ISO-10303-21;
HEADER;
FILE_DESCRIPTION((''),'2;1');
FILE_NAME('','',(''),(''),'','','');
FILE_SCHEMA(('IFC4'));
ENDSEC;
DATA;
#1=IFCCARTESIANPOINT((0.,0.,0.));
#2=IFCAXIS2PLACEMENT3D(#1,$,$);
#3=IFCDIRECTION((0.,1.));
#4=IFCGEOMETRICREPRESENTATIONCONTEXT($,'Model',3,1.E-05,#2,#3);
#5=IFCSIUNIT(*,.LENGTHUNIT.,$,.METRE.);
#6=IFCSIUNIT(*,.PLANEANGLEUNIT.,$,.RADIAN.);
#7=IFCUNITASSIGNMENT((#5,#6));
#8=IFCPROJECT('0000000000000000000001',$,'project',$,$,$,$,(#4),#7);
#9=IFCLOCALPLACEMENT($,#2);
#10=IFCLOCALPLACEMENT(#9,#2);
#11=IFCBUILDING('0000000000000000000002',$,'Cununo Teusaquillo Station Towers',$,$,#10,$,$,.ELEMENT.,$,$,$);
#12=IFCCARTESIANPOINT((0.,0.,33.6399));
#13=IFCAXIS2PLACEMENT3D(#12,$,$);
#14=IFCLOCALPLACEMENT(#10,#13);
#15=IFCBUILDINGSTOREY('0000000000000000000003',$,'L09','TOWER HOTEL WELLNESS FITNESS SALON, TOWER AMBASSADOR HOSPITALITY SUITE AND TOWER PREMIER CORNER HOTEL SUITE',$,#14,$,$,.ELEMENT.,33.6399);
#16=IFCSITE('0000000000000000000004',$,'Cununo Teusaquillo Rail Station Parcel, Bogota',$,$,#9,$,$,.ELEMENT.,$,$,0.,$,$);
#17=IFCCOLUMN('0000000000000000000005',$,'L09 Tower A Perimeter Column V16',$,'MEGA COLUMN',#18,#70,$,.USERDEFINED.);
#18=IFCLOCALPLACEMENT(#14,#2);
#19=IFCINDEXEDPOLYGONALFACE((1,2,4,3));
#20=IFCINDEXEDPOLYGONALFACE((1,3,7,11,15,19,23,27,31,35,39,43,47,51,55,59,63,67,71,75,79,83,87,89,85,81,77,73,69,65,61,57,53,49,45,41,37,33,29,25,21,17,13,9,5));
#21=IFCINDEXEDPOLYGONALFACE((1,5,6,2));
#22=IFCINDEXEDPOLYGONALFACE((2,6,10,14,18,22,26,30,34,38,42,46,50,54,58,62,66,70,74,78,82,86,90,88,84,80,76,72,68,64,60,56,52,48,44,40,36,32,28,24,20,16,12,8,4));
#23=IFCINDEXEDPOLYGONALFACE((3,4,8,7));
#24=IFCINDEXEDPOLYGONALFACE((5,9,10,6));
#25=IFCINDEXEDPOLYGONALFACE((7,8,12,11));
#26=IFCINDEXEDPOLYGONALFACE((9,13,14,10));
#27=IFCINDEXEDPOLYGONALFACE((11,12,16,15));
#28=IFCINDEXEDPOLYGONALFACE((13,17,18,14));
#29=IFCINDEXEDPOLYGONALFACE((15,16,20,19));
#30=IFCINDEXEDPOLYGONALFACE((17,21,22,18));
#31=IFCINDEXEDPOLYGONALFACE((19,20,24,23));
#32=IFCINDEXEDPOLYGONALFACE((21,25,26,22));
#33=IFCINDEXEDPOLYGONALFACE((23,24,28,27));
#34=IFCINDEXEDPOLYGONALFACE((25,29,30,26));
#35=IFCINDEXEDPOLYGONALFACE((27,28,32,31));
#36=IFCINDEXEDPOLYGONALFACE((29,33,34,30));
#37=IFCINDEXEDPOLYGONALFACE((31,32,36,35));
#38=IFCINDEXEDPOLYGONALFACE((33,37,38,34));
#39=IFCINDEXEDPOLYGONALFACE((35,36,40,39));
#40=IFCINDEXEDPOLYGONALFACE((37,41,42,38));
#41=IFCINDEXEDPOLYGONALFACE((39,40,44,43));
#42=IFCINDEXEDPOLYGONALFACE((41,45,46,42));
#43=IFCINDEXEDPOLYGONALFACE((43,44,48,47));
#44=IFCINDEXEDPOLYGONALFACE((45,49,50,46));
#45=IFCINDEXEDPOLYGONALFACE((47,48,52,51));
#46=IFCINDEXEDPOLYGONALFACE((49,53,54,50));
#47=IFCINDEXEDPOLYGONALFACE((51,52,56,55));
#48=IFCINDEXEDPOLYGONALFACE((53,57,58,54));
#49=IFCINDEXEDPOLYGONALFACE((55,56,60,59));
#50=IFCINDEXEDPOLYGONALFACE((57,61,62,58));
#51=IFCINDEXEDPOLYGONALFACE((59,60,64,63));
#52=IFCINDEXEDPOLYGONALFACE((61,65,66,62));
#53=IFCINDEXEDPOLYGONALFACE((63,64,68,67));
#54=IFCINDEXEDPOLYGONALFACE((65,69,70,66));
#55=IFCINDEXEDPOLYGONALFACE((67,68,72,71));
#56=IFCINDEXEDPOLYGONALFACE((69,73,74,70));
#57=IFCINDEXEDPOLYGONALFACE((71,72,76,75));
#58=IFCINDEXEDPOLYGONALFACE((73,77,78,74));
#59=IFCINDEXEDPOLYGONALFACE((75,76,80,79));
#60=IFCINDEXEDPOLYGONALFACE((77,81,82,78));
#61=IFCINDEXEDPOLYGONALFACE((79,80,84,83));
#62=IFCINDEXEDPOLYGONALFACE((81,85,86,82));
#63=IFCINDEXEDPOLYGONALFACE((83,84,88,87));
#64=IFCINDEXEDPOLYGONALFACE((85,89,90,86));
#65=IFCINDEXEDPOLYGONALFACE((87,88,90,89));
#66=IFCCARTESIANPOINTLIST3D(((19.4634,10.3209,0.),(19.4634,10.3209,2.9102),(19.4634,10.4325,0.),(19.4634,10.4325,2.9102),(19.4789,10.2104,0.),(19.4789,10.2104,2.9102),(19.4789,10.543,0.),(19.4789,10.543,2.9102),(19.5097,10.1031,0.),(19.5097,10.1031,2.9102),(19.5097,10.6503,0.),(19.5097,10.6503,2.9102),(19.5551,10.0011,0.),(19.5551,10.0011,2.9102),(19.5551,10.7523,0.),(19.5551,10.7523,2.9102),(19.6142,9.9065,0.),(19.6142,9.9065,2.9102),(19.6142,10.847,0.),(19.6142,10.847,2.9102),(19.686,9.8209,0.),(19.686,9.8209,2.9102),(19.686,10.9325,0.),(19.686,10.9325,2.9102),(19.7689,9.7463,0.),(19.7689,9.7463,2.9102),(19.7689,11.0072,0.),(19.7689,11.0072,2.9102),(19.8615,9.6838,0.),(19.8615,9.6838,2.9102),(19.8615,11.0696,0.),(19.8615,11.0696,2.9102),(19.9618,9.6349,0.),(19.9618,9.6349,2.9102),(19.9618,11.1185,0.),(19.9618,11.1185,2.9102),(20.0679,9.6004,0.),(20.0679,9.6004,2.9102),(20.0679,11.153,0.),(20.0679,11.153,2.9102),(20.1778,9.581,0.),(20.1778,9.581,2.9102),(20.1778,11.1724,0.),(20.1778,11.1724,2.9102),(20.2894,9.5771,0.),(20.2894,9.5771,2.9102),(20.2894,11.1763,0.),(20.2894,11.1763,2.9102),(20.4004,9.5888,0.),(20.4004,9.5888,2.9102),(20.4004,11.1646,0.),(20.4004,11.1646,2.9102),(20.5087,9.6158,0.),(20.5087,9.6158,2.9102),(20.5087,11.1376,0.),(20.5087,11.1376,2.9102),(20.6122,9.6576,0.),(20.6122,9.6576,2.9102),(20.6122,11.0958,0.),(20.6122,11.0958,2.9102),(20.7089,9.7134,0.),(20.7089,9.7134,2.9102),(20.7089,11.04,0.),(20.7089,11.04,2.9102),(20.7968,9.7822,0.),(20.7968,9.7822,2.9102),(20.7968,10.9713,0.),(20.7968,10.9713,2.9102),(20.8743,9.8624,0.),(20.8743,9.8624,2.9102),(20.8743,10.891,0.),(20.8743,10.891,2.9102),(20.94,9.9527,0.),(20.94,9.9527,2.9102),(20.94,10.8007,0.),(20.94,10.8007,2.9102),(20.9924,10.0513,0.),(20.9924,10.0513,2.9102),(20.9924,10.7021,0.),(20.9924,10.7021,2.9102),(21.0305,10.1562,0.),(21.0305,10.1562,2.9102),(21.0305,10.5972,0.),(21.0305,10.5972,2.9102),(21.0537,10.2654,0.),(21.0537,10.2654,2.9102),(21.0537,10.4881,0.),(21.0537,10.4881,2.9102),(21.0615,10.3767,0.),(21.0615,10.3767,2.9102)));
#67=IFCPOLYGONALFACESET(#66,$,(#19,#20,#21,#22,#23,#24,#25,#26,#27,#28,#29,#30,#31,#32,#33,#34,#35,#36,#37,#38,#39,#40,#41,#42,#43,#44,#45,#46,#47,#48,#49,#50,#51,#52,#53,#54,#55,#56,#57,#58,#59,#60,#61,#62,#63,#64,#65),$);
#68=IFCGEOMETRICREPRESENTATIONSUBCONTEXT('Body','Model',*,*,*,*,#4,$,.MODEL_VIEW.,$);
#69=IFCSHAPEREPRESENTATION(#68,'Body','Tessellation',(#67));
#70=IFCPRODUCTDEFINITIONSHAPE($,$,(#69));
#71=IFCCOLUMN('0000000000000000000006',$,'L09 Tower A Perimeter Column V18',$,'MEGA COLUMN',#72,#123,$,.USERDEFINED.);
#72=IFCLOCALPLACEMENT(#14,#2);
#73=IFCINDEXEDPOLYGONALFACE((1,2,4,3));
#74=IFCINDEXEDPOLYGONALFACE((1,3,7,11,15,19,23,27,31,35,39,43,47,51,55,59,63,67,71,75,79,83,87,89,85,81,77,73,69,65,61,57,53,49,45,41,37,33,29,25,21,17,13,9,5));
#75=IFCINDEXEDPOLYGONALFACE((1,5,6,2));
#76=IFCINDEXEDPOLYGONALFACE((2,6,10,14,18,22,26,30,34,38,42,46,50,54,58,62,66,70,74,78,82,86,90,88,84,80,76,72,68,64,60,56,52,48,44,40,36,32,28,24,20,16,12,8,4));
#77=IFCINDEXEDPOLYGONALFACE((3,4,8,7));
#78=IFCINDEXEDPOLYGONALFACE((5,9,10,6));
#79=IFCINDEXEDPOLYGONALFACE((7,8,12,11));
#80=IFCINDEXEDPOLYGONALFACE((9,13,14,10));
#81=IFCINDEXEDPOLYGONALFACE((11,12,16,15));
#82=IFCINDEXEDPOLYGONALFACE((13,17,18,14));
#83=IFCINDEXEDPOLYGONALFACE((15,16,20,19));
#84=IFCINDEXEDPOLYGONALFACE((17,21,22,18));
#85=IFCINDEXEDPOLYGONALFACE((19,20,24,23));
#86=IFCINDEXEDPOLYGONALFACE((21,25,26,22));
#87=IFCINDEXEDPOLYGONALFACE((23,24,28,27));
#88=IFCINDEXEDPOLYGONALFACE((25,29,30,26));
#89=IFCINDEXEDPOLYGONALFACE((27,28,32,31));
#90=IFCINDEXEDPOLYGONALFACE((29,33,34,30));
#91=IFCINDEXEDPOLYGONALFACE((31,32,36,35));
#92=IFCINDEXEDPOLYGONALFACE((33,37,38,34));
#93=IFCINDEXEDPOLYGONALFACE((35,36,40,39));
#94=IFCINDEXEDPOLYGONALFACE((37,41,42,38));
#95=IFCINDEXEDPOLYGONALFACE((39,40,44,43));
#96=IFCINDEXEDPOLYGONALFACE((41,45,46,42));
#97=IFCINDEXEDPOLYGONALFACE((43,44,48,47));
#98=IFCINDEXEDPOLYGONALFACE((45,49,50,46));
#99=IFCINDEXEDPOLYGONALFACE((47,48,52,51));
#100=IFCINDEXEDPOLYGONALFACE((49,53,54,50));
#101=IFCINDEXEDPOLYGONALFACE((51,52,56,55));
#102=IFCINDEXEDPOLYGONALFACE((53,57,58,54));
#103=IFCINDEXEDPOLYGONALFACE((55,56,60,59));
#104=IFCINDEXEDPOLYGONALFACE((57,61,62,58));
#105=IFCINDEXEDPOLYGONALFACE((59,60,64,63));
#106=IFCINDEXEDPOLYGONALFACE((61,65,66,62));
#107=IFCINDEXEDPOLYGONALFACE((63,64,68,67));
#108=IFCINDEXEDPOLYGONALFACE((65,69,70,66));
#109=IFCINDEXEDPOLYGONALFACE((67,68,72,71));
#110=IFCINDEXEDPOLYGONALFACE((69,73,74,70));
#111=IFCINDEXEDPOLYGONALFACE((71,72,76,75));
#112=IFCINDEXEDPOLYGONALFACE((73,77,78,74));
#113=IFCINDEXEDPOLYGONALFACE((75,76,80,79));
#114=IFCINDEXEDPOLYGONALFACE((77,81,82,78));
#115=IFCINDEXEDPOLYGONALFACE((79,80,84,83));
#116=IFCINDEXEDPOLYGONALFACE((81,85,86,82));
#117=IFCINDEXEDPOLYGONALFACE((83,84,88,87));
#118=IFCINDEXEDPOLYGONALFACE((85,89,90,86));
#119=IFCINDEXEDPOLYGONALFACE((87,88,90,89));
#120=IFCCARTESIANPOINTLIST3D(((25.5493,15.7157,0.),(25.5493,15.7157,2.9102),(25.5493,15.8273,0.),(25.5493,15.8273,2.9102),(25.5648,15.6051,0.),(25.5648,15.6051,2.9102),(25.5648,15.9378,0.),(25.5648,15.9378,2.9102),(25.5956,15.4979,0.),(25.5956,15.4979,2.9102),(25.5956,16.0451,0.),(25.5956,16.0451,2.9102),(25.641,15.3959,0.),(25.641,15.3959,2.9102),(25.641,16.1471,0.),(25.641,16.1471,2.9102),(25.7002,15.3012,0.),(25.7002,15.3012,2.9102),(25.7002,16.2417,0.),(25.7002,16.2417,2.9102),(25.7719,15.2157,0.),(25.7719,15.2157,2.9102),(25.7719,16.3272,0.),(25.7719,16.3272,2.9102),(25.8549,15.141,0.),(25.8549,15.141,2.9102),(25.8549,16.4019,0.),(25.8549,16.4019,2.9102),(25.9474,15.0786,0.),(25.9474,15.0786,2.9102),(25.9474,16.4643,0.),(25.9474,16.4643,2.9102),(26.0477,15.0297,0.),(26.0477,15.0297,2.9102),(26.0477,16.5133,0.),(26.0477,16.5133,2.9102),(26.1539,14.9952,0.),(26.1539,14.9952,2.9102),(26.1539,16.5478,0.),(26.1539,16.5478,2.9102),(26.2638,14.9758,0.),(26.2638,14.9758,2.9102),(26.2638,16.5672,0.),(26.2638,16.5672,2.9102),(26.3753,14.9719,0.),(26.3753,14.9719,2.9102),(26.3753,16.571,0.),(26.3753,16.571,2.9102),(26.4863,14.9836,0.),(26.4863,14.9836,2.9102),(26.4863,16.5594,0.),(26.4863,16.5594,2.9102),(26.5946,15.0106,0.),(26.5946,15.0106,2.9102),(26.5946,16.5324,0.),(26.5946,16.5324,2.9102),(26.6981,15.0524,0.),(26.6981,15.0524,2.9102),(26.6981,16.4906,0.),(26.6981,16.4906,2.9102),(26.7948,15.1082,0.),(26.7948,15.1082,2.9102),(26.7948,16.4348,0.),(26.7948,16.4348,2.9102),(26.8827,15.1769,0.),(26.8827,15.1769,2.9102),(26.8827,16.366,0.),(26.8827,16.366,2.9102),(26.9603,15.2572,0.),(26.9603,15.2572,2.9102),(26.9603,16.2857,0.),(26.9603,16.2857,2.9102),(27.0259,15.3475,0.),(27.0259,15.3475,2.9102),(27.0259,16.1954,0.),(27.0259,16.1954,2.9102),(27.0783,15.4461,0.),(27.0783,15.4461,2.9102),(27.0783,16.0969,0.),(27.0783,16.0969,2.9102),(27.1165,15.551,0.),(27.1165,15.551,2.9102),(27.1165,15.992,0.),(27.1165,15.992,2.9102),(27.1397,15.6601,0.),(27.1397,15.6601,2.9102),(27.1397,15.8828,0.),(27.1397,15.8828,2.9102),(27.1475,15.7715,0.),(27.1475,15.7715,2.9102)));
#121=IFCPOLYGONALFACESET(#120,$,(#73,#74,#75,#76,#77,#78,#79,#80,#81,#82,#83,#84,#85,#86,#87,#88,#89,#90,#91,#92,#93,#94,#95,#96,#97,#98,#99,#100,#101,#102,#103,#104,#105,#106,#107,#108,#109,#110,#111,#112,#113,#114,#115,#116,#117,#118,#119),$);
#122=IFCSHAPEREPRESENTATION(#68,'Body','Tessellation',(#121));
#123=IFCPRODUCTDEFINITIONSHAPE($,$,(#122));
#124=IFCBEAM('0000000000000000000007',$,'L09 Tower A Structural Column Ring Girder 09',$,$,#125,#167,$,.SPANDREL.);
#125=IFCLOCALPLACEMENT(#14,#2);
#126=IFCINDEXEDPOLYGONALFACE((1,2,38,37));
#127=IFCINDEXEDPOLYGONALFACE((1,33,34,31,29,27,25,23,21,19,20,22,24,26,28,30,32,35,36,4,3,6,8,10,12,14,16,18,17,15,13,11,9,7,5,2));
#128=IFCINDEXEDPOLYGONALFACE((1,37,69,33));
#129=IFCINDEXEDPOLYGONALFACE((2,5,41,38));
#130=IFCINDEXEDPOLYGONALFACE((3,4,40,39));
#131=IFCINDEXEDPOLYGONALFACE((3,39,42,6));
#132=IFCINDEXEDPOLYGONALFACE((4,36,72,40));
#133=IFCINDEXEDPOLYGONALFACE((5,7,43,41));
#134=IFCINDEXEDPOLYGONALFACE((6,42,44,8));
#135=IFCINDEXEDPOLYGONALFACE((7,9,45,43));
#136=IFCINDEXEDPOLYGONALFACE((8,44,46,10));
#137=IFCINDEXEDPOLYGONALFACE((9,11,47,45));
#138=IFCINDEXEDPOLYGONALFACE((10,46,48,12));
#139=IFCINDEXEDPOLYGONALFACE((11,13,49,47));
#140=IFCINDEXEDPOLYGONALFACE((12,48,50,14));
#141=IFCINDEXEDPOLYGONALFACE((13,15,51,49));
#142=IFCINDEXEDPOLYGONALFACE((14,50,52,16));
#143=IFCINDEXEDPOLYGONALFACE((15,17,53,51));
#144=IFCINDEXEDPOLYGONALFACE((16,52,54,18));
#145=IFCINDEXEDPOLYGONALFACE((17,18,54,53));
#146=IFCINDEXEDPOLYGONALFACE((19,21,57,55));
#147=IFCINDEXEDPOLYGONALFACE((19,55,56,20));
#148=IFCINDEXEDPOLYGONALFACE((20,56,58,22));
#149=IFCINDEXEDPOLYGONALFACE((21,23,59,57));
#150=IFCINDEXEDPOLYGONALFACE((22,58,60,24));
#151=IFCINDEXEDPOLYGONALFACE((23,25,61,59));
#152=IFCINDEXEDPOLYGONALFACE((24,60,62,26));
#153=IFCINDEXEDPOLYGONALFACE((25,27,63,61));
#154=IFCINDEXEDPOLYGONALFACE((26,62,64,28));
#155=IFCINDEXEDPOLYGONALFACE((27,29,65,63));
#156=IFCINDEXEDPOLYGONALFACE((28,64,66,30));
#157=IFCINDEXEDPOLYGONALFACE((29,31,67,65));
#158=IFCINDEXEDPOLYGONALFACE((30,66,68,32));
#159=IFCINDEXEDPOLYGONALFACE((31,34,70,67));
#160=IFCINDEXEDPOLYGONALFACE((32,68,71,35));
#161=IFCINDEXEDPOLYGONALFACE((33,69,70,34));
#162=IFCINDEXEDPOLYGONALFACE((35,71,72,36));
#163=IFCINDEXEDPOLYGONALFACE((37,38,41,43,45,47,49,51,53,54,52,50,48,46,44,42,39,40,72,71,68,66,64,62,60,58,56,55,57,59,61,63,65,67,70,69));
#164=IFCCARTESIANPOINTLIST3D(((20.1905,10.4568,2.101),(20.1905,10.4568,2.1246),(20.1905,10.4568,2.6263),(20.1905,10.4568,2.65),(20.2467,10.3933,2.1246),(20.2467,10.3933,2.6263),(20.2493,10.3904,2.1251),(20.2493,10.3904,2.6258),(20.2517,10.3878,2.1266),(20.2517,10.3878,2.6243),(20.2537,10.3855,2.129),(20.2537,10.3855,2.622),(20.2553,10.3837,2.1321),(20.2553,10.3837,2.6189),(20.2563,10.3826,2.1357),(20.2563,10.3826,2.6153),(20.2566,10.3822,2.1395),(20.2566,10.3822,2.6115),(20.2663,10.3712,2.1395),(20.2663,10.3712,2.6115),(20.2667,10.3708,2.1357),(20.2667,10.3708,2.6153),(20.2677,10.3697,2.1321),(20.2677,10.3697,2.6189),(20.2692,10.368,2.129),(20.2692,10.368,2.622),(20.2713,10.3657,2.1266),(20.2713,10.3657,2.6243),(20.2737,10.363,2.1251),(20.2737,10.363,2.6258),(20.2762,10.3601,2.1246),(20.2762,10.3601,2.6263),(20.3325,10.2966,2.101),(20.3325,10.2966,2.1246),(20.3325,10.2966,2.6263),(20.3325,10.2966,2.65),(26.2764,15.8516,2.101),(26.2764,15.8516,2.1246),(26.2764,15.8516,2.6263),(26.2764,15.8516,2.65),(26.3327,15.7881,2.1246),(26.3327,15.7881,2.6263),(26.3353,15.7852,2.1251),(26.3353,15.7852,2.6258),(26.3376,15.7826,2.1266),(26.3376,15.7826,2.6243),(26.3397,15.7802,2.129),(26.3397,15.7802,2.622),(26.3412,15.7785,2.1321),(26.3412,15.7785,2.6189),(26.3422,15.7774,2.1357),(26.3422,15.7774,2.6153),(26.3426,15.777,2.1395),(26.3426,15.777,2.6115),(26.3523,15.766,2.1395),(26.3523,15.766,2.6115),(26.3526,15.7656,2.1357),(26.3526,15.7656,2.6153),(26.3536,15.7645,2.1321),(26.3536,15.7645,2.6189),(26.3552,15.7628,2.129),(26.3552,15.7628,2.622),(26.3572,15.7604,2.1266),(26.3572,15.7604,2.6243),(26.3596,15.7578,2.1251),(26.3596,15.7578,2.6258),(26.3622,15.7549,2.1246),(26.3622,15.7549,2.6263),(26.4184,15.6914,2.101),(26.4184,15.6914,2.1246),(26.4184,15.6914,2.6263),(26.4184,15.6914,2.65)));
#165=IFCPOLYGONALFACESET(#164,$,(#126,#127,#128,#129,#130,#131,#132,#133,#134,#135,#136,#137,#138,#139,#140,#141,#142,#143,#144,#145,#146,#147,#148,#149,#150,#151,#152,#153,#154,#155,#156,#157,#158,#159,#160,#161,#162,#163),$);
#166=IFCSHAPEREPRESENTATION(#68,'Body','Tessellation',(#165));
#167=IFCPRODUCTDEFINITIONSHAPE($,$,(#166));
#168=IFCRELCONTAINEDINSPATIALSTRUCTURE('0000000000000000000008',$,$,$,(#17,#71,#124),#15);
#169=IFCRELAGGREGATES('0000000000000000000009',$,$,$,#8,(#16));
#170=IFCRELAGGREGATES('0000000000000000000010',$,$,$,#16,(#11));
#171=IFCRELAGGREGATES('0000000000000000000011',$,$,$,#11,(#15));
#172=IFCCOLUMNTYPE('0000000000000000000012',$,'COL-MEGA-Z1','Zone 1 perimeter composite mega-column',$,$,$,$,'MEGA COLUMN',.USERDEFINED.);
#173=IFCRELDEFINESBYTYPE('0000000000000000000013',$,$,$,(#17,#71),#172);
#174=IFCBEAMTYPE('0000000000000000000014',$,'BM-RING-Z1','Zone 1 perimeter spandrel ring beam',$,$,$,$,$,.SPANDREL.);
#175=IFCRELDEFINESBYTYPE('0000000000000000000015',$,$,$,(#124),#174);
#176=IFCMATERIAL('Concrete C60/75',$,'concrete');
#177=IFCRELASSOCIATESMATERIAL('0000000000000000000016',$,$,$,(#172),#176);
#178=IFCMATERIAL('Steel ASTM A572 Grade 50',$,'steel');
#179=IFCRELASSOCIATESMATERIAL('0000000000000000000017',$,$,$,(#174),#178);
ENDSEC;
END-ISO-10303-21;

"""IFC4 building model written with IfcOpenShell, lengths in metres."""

from ifc_helpers import new_model, si_unit, direction, frame, origin, origin_2d, place, context, subcontext, project, spatial, circle, i_section, extrude, material, material_profile, profile_set, type_object, element, save


model = new_model("IFC4")

# Units and contexts
model_context = context("Model", 3, precision=1e-05, world=origin(), true_north=direction((0.0, 1.0)))
body_context = subcontext(model_context, "Body", "Model", "MODEL_VIEW")
ifc_project = project(units=[si_unit("LENGTHUNIT", "METRE"), si_unit("PLANEANGLEUNIT", "RADIAN")], contexts=[model_context])

# Site, building, storey
site_placement = place(None, origin())
site = spatial("IfcSite", under=ifc_project, at=site_placement, Name="Cununo Teusaquillo Rail Station Parcel, Bogota", CompositionType="ELEMENT", RefElevation=0.0)
building_placement = place(site_placement, origin())
building = spatial("IfcBuilding", under=site, at=building_placement, Name="Cununo Teusaquillo Station Towers", CompositionType="ELEMENT")
storey_placement = place(building_placement, frame((0.0, 0.0, 33.6399)))
storey = spatial("IfcBuildingStorey", under=building, at=storey_placement, Name="L09", Description="TOWER HOTEL WELLNESS FITNESS SALON, TOWER AMBASSADOR HOSPITALITY SUITE AND TOWER PREMIER CORNER HOTEL SUITE", CompositionType="ELEMENT", Elevation=33.6399)

# Columns
ifc_material_1 = material(Name="Concrete C60/75", Category="concrete")
ifc_material_profile_1 = material_profile(ifc_material_1, circle(Radius=0.8, at=origin_2d()), Name="RC-CIRC-1600")
ifc_profile_set_1 = profile_set([ifc_material_profile_1], Name="Concrete C60/75")
column_type = type_object("IfcColumnType", Name="COL-MEGA-Z1", Description="Zone 1 perimeter composite mega-column", ElementType="MEGA COLUMN", PredefinedType="USERDEFINED", material=ifc_profile_set_1)
for number, where, z_axis, x_axis, name in (
    (1, (20.2615, 10.3767, 0.0), (0.0, 0.0, 1.0), (1.0, 0.0, 0.0), "L09 Tower A Perimeter Column V16"),
    (2, (26.3474, 15.7715, 0.0), (0.0, 0.0, 1.0), (1.0, 0.0, 0.0), "L09 Tower A Perimeter Column V18"),
):
    element("IfcColumn", number, at=place(storey_placement, frame(where, z_axis=z_axis, x_axis=x_axis)), inside=storey, type_object=column_type, Name=name, ObjectType="MEGA COLUMN", PredefinedType="USERDEFINED", context=body_context, shape_type="SweptSolid", body=[
        extrude(circle(Radius=0.8, at=origin_2d()), origin(), (0.0, 0.0, 1.0), 2.9102),
    ])

# Beam
ifc_material_2 = material(Name="Steel ASTM A572 Grade 50", Category="steel")
ifc_material_profile_2 = material_profile(ifc_material_2, i_section(OverallWidth=0.2141, OverallDepth=0.5491, WebThickness=0.0146, FlangeThickness=0.0237, FilletRadius=0.0149, at=origin_2d()), Name="W21X93")
ifc_profile_set_2 = profile_set([ifc_material_profile_2], Name="Steel ASTM A572 Grade 50")
beam_type = type_object("IfcBeamType", Name="BM-RING-Z1", Description="Zone 1 perimeter spandrel ring beam", PredefinedType="SPANDREL", material=ifc_profile_set_2)
beam_1_placement = place(storey_placement, frame((20.2615, 10.3767, 2.3755), z_axis=(0.748321, 0.663337, 0.0), x_axis=(-0.663337, 0.748321, 0.0)))
element("IfcBeam", 3, at=beam_1_placement, inside=storey, type_object=beam_type, Name="L09 Tower A Structural Column Ring Girder 09", PredefinedType="SPANDREL", context=body_context, shape_type="SweptSolid", body=[
    extrude(i_section(OverallWidth=0.2141, OverallDepth=0.5491, WebThickness=0.0146, FlangeThickness=0.0237, FilletRadius=0.0149, at=origin_2d()), origin(), (0.0, 0.0, 1.0), 8.1328),
])

save(model, "model.ifc")
